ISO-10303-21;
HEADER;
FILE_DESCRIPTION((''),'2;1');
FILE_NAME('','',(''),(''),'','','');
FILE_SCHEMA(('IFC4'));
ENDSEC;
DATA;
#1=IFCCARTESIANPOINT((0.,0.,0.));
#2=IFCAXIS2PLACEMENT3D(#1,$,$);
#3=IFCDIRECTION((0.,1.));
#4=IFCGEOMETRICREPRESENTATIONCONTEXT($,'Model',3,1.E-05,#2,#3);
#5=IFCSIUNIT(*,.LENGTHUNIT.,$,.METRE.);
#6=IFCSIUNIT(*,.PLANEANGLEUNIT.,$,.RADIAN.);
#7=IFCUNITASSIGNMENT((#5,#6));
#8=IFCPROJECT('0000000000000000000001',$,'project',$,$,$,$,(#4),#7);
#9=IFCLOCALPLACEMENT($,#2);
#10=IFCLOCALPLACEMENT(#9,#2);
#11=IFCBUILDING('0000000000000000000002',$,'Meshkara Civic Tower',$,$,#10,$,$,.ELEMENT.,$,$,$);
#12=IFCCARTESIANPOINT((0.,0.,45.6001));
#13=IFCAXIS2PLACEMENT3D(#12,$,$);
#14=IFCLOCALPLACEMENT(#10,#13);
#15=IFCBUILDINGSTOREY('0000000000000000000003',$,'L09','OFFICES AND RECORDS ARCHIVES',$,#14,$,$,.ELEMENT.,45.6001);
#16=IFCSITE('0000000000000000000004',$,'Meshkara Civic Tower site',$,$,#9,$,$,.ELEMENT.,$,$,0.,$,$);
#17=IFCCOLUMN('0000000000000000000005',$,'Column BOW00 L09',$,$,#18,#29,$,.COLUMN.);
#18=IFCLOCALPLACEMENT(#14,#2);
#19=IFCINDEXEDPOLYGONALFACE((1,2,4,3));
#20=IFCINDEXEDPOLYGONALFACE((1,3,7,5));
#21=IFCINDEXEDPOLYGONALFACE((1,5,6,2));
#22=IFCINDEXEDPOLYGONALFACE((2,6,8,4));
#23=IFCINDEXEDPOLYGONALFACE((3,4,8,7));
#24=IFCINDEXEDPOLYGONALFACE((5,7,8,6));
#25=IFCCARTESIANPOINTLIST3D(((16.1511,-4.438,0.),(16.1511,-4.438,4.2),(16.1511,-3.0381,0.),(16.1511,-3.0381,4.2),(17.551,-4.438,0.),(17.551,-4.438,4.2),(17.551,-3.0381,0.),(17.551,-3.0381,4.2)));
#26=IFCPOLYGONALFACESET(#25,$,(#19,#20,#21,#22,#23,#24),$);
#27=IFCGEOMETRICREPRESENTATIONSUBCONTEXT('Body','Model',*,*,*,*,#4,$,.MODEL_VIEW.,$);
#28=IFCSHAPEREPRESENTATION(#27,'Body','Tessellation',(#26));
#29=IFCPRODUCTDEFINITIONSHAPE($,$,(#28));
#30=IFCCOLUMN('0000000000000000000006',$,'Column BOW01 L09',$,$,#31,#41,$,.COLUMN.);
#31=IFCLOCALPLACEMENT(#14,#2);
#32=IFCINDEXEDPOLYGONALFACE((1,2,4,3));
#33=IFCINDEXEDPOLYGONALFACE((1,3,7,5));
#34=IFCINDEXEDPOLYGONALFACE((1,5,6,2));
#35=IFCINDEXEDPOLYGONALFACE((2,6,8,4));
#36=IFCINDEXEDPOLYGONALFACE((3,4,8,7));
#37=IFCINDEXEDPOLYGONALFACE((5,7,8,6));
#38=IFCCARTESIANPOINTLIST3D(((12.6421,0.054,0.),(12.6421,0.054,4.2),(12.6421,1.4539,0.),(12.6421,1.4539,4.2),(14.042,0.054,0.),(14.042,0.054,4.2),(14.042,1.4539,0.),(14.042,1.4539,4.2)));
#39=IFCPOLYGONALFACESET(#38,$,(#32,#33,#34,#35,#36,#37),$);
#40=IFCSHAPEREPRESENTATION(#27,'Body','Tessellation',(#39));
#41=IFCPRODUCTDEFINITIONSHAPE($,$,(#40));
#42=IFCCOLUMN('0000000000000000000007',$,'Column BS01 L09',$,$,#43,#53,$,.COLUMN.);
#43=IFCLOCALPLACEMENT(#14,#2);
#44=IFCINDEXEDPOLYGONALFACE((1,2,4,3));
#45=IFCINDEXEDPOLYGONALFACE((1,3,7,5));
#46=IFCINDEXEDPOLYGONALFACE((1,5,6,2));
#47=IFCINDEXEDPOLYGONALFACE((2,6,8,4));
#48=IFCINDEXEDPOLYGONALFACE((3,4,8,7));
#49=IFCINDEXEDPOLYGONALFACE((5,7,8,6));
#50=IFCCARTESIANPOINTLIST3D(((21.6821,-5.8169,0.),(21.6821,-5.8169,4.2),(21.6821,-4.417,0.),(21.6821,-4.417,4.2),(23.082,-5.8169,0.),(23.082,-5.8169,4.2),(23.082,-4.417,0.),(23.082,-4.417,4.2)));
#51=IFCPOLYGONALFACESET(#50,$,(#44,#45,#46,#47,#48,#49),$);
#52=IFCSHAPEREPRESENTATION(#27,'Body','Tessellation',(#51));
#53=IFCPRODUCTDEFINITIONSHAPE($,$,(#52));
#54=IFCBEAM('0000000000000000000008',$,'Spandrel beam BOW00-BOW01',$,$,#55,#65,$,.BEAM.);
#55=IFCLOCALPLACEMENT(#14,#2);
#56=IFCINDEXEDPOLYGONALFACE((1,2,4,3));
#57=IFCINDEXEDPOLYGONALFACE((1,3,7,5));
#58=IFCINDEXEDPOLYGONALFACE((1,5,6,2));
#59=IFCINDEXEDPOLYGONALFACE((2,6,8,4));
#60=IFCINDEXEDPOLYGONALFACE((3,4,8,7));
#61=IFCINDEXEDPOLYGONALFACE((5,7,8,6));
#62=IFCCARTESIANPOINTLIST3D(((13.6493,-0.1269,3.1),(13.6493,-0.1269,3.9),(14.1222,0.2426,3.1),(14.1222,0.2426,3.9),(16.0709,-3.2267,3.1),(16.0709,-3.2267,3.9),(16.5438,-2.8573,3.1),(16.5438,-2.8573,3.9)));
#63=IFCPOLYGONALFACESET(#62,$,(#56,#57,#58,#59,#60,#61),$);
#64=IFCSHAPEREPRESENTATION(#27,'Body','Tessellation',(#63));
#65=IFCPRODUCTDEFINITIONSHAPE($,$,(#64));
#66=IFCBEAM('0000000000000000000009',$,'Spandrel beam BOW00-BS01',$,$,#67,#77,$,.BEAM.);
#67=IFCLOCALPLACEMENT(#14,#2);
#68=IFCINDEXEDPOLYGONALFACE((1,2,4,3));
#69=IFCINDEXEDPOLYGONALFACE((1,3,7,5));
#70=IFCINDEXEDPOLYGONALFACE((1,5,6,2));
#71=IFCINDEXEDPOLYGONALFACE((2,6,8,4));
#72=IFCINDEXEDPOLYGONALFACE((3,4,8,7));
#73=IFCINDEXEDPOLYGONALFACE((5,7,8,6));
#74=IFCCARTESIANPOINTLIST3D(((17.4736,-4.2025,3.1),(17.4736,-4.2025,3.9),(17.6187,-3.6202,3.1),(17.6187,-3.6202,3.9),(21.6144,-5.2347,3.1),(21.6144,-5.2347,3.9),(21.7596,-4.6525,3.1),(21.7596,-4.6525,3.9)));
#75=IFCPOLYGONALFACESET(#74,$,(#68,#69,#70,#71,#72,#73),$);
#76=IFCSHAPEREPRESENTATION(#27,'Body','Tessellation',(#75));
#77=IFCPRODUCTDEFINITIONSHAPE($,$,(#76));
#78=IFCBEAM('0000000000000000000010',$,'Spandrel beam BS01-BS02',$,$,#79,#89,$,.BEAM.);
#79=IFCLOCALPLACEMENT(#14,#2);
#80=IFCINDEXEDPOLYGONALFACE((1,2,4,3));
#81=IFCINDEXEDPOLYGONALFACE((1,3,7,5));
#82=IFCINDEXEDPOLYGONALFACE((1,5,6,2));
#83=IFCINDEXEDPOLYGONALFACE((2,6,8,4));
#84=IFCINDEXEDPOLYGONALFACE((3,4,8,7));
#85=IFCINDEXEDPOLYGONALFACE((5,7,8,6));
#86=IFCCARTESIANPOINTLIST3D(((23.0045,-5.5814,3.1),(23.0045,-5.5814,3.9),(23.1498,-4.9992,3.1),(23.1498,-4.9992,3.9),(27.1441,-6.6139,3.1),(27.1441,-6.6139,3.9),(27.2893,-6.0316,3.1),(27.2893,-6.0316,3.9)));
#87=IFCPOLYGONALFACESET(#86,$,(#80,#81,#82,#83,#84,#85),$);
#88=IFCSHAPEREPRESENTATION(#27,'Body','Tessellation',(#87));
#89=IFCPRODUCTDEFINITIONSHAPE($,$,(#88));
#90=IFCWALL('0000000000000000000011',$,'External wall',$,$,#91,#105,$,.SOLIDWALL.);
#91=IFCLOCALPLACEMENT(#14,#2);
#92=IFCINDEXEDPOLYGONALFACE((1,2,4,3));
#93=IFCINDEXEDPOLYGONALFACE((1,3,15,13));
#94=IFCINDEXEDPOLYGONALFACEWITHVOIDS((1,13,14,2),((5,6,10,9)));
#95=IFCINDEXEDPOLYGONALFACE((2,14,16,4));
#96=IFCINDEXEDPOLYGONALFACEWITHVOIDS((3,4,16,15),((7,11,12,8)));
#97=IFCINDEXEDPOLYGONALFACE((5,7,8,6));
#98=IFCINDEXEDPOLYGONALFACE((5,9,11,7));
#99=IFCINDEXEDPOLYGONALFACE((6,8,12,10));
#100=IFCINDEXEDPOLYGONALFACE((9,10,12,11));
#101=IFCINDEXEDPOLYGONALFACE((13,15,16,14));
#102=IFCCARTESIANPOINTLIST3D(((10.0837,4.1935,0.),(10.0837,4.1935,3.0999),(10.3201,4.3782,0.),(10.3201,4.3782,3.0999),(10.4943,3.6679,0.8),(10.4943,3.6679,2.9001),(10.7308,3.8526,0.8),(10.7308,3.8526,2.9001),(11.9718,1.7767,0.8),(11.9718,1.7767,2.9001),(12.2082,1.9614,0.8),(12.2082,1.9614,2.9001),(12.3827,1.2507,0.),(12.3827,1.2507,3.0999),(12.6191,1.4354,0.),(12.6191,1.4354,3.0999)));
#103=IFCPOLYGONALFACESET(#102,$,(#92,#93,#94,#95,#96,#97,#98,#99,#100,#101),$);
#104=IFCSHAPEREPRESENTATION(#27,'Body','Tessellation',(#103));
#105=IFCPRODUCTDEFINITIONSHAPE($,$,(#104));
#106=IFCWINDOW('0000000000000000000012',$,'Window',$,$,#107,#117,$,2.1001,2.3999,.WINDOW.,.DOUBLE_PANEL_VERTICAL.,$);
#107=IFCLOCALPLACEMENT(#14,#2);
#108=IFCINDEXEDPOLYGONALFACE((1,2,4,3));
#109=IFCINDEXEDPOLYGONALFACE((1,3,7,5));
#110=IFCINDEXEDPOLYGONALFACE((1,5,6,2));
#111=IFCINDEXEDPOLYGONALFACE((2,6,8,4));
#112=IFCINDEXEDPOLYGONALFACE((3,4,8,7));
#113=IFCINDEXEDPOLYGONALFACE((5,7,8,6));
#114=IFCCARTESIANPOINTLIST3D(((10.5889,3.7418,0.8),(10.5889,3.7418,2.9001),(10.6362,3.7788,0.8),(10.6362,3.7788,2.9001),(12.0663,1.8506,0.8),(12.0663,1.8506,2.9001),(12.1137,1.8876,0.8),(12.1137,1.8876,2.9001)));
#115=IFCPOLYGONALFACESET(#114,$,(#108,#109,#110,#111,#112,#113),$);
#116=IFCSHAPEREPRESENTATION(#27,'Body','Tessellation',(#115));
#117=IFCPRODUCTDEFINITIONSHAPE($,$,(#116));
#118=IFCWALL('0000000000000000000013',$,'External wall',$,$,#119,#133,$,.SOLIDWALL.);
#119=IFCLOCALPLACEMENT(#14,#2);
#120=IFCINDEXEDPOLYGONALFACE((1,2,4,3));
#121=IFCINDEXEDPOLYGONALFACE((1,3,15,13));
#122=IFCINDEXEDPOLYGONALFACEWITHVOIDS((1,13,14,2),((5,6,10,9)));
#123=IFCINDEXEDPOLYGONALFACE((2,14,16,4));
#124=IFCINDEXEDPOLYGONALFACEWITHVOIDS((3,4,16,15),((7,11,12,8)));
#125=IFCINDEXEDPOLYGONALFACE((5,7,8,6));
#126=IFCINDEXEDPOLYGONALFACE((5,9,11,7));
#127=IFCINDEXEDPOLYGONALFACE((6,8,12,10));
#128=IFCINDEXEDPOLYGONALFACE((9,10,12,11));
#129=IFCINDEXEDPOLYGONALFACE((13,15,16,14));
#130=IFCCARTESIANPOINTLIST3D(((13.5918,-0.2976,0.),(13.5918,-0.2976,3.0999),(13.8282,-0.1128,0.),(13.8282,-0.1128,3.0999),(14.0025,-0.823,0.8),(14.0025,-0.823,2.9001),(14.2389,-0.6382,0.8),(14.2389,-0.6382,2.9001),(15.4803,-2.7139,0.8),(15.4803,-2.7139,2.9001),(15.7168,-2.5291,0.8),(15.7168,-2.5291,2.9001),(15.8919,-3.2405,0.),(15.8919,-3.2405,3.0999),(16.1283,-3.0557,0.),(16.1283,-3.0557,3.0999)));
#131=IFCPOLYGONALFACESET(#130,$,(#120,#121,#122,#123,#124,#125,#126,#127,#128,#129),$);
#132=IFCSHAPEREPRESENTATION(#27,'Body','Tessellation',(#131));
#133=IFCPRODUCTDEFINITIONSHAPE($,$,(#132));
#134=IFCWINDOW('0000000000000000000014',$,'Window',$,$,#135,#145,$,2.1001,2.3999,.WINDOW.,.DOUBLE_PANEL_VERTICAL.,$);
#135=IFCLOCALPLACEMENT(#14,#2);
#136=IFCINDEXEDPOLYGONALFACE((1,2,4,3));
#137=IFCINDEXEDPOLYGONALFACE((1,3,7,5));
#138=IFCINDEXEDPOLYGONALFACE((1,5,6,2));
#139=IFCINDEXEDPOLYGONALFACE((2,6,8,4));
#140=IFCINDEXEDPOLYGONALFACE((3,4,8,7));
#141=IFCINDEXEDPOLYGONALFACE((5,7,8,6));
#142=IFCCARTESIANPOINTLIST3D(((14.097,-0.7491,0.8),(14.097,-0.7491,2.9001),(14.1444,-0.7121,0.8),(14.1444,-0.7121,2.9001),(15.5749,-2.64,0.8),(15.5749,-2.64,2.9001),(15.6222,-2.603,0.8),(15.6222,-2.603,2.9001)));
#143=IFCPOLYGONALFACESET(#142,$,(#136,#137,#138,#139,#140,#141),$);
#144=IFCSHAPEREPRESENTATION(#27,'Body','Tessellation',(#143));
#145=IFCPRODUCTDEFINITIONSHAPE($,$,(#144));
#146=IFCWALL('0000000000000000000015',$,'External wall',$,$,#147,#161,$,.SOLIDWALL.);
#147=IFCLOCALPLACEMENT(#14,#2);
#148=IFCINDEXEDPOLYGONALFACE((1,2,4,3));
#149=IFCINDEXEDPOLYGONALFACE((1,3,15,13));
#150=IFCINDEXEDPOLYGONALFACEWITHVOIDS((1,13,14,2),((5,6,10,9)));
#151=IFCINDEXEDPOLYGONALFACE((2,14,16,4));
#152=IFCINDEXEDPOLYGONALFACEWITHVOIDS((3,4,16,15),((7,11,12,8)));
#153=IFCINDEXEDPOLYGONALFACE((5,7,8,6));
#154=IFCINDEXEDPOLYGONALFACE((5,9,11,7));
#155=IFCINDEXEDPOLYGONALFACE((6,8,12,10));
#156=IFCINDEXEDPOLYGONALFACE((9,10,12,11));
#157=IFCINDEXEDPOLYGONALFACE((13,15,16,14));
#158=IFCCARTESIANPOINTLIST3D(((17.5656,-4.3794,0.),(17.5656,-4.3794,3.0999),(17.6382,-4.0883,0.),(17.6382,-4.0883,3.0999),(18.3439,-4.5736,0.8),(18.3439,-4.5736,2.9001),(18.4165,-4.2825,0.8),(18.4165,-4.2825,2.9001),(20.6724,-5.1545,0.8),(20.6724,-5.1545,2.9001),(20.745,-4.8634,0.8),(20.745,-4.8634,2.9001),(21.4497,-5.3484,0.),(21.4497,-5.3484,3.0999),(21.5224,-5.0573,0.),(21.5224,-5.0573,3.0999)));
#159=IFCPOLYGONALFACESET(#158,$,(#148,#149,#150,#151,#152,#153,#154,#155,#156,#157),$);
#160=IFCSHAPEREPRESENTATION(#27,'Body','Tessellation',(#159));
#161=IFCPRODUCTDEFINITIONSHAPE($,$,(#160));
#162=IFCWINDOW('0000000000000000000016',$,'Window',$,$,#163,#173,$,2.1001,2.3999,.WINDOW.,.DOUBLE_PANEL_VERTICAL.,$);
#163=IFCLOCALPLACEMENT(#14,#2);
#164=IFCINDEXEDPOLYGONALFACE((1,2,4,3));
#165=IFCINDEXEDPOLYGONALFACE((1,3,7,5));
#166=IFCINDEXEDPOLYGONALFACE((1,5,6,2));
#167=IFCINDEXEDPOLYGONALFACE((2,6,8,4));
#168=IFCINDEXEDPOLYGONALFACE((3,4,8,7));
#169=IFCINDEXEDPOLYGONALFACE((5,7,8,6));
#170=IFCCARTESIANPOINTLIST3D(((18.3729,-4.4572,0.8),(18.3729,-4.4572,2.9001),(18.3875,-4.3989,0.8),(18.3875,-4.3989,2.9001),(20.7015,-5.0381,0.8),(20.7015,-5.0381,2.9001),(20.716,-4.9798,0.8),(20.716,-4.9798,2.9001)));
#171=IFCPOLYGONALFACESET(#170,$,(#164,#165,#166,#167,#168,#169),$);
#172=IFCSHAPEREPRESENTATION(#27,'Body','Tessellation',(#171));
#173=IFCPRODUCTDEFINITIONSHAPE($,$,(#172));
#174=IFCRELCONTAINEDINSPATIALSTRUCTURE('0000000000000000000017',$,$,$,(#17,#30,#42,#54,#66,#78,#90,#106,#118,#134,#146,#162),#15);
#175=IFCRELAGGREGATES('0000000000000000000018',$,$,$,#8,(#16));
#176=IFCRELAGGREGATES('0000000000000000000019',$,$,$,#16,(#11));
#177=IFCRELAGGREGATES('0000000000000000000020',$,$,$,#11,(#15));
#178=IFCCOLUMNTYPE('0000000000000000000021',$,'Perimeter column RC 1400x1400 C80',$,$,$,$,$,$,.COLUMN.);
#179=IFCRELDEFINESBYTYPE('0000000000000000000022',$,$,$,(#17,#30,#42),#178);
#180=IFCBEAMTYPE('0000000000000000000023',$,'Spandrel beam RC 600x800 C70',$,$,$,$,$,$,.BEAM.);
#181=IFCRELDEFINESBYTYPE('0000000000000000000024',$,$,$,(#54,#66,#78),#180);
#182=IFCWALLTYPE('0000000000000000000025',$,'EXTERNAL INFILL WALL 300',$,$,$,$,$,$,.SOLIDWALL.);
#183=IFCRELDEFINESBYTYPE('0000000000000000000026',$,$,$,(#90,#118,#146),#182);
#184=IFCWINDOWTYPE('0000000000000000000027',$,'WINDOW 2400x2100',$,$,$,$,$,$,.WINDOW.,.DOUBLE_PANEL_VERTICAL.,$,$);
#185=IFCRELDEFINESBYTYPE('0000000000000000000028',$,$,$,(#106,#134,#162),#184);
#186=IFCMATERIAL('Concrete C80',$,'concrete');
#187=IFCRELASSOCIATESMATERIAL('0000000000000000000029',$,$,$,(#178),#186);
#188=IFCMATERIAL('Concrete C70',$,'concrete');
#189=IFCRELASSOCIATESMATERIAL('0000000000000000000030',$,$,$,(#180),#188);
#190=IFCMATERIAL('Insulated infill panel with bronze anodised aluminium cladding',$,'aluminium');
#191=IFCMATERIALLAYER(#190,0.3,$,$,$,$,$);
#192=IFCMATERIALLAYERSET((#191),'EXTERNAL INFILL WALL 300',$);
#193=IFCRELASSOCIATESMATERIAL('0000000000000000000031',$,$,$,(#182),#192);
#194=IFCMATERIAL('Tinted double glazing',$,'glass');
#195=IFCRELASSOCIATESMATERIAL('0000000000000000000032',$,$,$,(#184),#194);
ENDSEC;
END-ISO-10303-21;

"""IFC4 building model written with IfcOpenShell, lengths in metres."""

from ifc_helpers import new_model, si_unit, direction, frame, frame_2d, origin, origin_2d, place, context, subcontext, project, spatial, rectangle, extrude, material, layer, layer_set, material_profile, profile_set, type_object, element, fill, save


model = new_model("IFC4")

# Units and contexts
model_context = context("Model", 3, precision=1e-05, world=origin(), true_north=direction((0.0, 1.0)))
body_context = subcontext(model_context, "Body", "Model", "MODEL_VIEW")
ifc_project = project(units=[si_unit("LENGTHUNIT", "METRE"), si_unit("PLANEANGLEUNIT", "RADIAN")], contexts=[model_context])

# Site, building, storey
site_placement = place(None, origin())
site = spatial("IfcSite", under=ifc_project, at=site_placement, Name="Meshkara Civic Tower site", CompositionType="ELEMENT", RefElevation=0.0)
building_placement = place(site_placement, origin())
building = spatial("IfcBuilding", under=site, at=building_placement, Name="Meshkara Civic Tower", CompositionType="ELEMENT")
storey_placement = place(building_placement, frame((0.0, 0.0, 45.6001)))
storey = spatial("IfcBuildingStorey", under=building, at=storey_placement, Name="L09", Description="OFFICES AND RECORDS ARCHIVES", CompositionType="ELEMENT", Elevation=45.6001)

# Columns
ifc_material_1 = material(Name="Concrete C80", Category="concrete")
ifc_material_profile_1 = material_profile(ifc_material_1, rectangle(XDim=1.3999, YDim=1.3999, at=origin_2d()))
ifc_profile_set_1 = profile_set([ifc_material_profile_1], Name="Concrete C80")
column_type = type_object("IfcColumnType", Name="Perimeter column RC 1400x1400 C80", PredefinedType="COLUMN", material=ifc_profile_set_1)
for number, where, z_axis, x_axis, name in (
    (1, (16.8511, -3.738, 0.0), (0.0, 0.0, 1.0), (1.0, 0.0, 0.0), "Column BOW00 L09"),
    (2, (13.342, 0.7539, 0.0), (0.0, 0.0, 1.0), (1.0, 0.0, 0.0), "Column BOW01 L09"),
    (3, (22.3821, -5.1169, 0.0), (0.0, 0.0, 1.0), (1.0, 0.0, 0.0), "Column BS01 L09"),
):
    element("IfcColumn", number, at=place(storey_placement, frame(where, z_axis=z_axis, x_axis=x_axis)), inside=storey, type_object=column_type, Name=name, PredefinedType="COLUMN", context=body_context, shape_type="SweptSolid", body=[
        extrude(rectangle(XDim=1.3999, YDim=1.3999, at=origin_2d()), origin(), (0.0, 0.0, 1.0), 4.2),
    ])

# Beams
ifc_material_2 = material(Name="Concrete C70", Category="concrete")
ifc_material_profile_2 = material_profile(ifc_material_2, rectangle(XDim=0.6001, YDim=0.8, at=origin_2d()))
ifc_profile_set_2 = profile_set([ifc_material_profile_2], Name="Concrete C70")
beam_type = type_object("IfcBeamType", Name="Spandrel beam RC 600x800 C70", PredefinedType="BEAM", material=ifc_profile_set_2)
beam_1_placement = place(storey_placement, frame((13.8857, 0.0579, 3.5), z_axis=(0.615624, -0.78804, 0.0), x_axis=(0.78804, 0.615624, 0.0)))
element("IfcBeam", 4, at=beam_1_placement, inside=storey, type_object=beam_type, Name="Spandrel beam BOW00-BOW01", PredefinedType="BEAM", context=body_context, shape_type="SweptSolid", body=[
    extrude(rectangle(XDim=0.6001, YDim=0.8, at=origin_2d()), origin(), (0.0, 0.0, 1.0), 3.9336),
])
beam_2_placement = place(storey_placement, frame((17.5461, -3.9114, 3.5), z_axis=(0.970307, -0.241876, 0.0), x_axis=(0.241876, 0.970307, 0.0)))
element("IfcBeam", 5, at=beam_2_placement, inside=storey, type_object=beam_type, Name="Spandrel beam BOW00-BS01", PredefinedType="BEAM", context=body_context, shape_type="SweptSolid", body=[
    extrude(rectangle(XDim=0.6001, YDim=0.8, at=origin_2d()), origin(), (0.0, 0.0, 1.0), 4.2676),
])
beam_3_placement = place(storey_placement, frame((23.0771, -5.2903, 3.5), z_axis=(0.970277, -0.241997, 0.0), x_axis=(0.241997, 0.970277, 0.0)))
element("IfcBeam", 6, at=beam_3_placement, inside=storey, type_object=beam_type, Name="Spandrel beam BS01-BS02", PredefinedType="BEAM", context=body_context, shape_type="SweptSolid", body=[
    extrude(rectangle(XDim=0.6001, YDim=0.8, at=origin_2d()), origin(), (0.0, 0.0, 1.0), 4.2664),
])

# Walls, openings, windows
ifc_material_3 = material(Name="Insulated infill panel with bronze anodised aluminium cladding", Category="aluminium")
ifc_layer_1 = layer(ifc_material_3, 0.3)
ifc_layer_set_1 = layer_set([ifc_layer_1], Name="EXTERNAL INFILL WALL 300")
wall_type_1 = type_object("IfcWallType", Name="EXTERNAL INFILL WALL 300", PredefinedType="SOLIDWALL", material=ifc_layer_set_1)
wall_1_placement = place(storey_placement, frame((10.2019, 4.2859, 0.0), z_axis=(0.0, 0.0, 1.0), x_axis=(0.615636, -0.78803, 0.0)))
wall_1 = element("IfcWall", 7, at=wall_1_placement, inside=storey, type_object=wall_type_1, Name="External wall", PredefinedType="SOLIDWALL", context=body_context, shape_type="SweptSolid", body=[
    extrude(rectangle(XDim=3.7344, YDim=0.3, at=frame_2d((1.8672, 0.0))), origin(), (0.0, 0.0, 1.0), 3.0999),
])
opening_1_placement = place(wall_1_placement, frame((0.667, 0.0, 0.8)))
opening_1 = element("IfcOpeningElement", 8, at=opening_1_placement, cuts=wall_1, PredefinedType="OPENING", context=body_context, shape_type="SweptSolid", body=[
    extrude(rectangle(XDim=2.3999, YDim=2.1001, at=frame_2d((1.2, 1.05))), frame((0.0, 0.1599, 0.0), z_axis=(0.0, -1.0, 0.0), x_axis=(1.0, 0.0, 0.0)), (0.0, 0.0, 1.0), 0.3201),
])
ifc_material_4 = material(Name="Tinted double glazing", Category="glass")
window_type = type_object("IfcWindowType", Name="WINDOW 2400x2100", PartitioningType="DOUBLE_PANEL_VERTICAL", PredefinedType="WINDOW", material=ifc_material_4)
window_1_placement = place(opening_1_placement, origin())
window_1 = element("IfcWindow", 9, at=window_1_placement, inside=storey, type_object=window_type, Name="Window", OverallHeight=2.1001, OverallWidth=2.3999, PartitioningType="DOUBLE_PANEL_VERTICAL", PredefinedType="WINDOW", context=body_context, shape_type="SweptSolid", body=[
    extrude(rectangle(XDim=2.3999, YDim=2.1001, at=frame_2d((1.2, 1.05))), frame((0.0, 0.03, 0.0), z_axis=(0.0, -1.0, 0.0), x_axis=(1.0, 0.0, 0.0)), (0.0, 0.0, 1.0), 0.0601),
])
fill(opening_1, window_1)
wall_2_placement = place(storey_placement, frame((13.71, -0.2051, 0.0), z_axis=(0.0, 0.0, 1.0), x_axis=(0.615799, -0.787903, 0.0)))
wall_2 = element("IfcWall", 10, at=wall_2_placement, inside=storey, type_object=wall_type_1, Name="External wall", PredefinedType="SOLIDWALL", context=body_context, shape_type="SweptSolid", body=[
    extrude(rectangle(XDim=3.7351, YDim=0.3, at=frame_2d((1.8677, 0.0))), origin(), (0.0, 0.0, 1.0), 3.0999),
])
opening_2_placement = place(wall_2_placement, frame((0.667, 0.0, 0.8)))
opening_2 = element("IfcOpeningElement", 11, at=opening_2_placement, cuts=wall_2, PredefinedType="OPENING", context=body_context, shape_type="SweptSolid", body=[
    extrude(rectangle(XDim=2.3999, YDim=2.1001, at=frame_2d((1.2, 1.05))), frame((0.0, 0.1599, 0.0), z_axis=(0.0, -1.0, 0.0), x_axis=(1.0, 0.0, 0.0)), (0.0, 0.0, 1.0), 0.3201),
])
window_2_placement = place(opening_2_placement, origin())
window_2 = element("IfcWindow", 12, at=window_2_placement, inside=storey, type_object=window_type, Name="Window", OverallHeight=2.1001, OverallWidth=2.3999, PartitioningType="DOUBLE_PANEL_VERTICAL", PredefinedType="WINDOW", context=body_context, shape_type="SweptSolid", body=[
    extrude(rectangle(XDim=2.3999, YDim=2.1001, at=frame_2d((1.2, 1.05))), frame((0.0, 0.03, 0.0), z_axis=(0.0, -1.0, 0.0), x_axis=(1.0, 0.0, 0.0)), (0.0, 0.0, 1.0), 0.0601),
])
fill(opening_2, window_2)
wall_3_placement = place(storey_placement, frame((17.6021, -4.2339, 0.0), z_axis=(0.0, 0.0, 1.0), x_axis=(0.970261, -0.242062, 0.0)))
wall_3 = element("IfcWall", 13, at=wall_3_placement, inside=storey, type_object=wall_type_1, Name="External wall", PredefinedType="SOLIDWALL", context=body_context, shape_type="SweptSolid", body=[
    extrude(rectangle(XDim=4.0032, YDim=0.3, at=frame_2d((2.0015, 0.0))), origin(), (0.0, 0.0, 1.0), 3.0999),
])
opening_3_placement = place(wall_3_placement, frame((0.802, 0.0, 0.8)))
opening_3 = element("IfcOpeningElement", 14, at=opening_3_placement, cuts=wall_3, PredefinedType="OPENING", context=body_context, shape_type="SweptSolid", body=[
    extrude(rectangle(XDim=2.3999, YDim=2.1001, at=frame_2d((1.2, 1.05))), frame((0.0, 0.1599, 0.0), z_axis=(0.0, -1.0, 0.0), x_axis=(1.0, 0.0, 0.0)), (0.0, 0.0, 1.0), 0.3201),
])
window_3_placement = place(opening_3_placement, origin())
window_3 = element("IfcWindow", 15, at=window_3_placement, inside=storey, type_object=window_type, Name="Window", OverallHeight=2.1001, OverallWidth=2.3999, PartitioningType="DOUBLE_PANEL_VERTICAL", PredefinedType="WINDOW", context=body_context, shape_type="SweptSolid", body=[
    extrude(rectangle(XDim=2.3999, YDim=2.1001, at=frame_2d((1.2, 1.05))), frame((0.0, 0.03, 0.0), z_axis=(0.0, -1.0, 0.0), x_axis=(1.0, 0.0, 0.0)), (0.0, 0.0, 1.0), 0.0601),
])
fill(opening_3, window_3)

save(model, "model.ifc")
